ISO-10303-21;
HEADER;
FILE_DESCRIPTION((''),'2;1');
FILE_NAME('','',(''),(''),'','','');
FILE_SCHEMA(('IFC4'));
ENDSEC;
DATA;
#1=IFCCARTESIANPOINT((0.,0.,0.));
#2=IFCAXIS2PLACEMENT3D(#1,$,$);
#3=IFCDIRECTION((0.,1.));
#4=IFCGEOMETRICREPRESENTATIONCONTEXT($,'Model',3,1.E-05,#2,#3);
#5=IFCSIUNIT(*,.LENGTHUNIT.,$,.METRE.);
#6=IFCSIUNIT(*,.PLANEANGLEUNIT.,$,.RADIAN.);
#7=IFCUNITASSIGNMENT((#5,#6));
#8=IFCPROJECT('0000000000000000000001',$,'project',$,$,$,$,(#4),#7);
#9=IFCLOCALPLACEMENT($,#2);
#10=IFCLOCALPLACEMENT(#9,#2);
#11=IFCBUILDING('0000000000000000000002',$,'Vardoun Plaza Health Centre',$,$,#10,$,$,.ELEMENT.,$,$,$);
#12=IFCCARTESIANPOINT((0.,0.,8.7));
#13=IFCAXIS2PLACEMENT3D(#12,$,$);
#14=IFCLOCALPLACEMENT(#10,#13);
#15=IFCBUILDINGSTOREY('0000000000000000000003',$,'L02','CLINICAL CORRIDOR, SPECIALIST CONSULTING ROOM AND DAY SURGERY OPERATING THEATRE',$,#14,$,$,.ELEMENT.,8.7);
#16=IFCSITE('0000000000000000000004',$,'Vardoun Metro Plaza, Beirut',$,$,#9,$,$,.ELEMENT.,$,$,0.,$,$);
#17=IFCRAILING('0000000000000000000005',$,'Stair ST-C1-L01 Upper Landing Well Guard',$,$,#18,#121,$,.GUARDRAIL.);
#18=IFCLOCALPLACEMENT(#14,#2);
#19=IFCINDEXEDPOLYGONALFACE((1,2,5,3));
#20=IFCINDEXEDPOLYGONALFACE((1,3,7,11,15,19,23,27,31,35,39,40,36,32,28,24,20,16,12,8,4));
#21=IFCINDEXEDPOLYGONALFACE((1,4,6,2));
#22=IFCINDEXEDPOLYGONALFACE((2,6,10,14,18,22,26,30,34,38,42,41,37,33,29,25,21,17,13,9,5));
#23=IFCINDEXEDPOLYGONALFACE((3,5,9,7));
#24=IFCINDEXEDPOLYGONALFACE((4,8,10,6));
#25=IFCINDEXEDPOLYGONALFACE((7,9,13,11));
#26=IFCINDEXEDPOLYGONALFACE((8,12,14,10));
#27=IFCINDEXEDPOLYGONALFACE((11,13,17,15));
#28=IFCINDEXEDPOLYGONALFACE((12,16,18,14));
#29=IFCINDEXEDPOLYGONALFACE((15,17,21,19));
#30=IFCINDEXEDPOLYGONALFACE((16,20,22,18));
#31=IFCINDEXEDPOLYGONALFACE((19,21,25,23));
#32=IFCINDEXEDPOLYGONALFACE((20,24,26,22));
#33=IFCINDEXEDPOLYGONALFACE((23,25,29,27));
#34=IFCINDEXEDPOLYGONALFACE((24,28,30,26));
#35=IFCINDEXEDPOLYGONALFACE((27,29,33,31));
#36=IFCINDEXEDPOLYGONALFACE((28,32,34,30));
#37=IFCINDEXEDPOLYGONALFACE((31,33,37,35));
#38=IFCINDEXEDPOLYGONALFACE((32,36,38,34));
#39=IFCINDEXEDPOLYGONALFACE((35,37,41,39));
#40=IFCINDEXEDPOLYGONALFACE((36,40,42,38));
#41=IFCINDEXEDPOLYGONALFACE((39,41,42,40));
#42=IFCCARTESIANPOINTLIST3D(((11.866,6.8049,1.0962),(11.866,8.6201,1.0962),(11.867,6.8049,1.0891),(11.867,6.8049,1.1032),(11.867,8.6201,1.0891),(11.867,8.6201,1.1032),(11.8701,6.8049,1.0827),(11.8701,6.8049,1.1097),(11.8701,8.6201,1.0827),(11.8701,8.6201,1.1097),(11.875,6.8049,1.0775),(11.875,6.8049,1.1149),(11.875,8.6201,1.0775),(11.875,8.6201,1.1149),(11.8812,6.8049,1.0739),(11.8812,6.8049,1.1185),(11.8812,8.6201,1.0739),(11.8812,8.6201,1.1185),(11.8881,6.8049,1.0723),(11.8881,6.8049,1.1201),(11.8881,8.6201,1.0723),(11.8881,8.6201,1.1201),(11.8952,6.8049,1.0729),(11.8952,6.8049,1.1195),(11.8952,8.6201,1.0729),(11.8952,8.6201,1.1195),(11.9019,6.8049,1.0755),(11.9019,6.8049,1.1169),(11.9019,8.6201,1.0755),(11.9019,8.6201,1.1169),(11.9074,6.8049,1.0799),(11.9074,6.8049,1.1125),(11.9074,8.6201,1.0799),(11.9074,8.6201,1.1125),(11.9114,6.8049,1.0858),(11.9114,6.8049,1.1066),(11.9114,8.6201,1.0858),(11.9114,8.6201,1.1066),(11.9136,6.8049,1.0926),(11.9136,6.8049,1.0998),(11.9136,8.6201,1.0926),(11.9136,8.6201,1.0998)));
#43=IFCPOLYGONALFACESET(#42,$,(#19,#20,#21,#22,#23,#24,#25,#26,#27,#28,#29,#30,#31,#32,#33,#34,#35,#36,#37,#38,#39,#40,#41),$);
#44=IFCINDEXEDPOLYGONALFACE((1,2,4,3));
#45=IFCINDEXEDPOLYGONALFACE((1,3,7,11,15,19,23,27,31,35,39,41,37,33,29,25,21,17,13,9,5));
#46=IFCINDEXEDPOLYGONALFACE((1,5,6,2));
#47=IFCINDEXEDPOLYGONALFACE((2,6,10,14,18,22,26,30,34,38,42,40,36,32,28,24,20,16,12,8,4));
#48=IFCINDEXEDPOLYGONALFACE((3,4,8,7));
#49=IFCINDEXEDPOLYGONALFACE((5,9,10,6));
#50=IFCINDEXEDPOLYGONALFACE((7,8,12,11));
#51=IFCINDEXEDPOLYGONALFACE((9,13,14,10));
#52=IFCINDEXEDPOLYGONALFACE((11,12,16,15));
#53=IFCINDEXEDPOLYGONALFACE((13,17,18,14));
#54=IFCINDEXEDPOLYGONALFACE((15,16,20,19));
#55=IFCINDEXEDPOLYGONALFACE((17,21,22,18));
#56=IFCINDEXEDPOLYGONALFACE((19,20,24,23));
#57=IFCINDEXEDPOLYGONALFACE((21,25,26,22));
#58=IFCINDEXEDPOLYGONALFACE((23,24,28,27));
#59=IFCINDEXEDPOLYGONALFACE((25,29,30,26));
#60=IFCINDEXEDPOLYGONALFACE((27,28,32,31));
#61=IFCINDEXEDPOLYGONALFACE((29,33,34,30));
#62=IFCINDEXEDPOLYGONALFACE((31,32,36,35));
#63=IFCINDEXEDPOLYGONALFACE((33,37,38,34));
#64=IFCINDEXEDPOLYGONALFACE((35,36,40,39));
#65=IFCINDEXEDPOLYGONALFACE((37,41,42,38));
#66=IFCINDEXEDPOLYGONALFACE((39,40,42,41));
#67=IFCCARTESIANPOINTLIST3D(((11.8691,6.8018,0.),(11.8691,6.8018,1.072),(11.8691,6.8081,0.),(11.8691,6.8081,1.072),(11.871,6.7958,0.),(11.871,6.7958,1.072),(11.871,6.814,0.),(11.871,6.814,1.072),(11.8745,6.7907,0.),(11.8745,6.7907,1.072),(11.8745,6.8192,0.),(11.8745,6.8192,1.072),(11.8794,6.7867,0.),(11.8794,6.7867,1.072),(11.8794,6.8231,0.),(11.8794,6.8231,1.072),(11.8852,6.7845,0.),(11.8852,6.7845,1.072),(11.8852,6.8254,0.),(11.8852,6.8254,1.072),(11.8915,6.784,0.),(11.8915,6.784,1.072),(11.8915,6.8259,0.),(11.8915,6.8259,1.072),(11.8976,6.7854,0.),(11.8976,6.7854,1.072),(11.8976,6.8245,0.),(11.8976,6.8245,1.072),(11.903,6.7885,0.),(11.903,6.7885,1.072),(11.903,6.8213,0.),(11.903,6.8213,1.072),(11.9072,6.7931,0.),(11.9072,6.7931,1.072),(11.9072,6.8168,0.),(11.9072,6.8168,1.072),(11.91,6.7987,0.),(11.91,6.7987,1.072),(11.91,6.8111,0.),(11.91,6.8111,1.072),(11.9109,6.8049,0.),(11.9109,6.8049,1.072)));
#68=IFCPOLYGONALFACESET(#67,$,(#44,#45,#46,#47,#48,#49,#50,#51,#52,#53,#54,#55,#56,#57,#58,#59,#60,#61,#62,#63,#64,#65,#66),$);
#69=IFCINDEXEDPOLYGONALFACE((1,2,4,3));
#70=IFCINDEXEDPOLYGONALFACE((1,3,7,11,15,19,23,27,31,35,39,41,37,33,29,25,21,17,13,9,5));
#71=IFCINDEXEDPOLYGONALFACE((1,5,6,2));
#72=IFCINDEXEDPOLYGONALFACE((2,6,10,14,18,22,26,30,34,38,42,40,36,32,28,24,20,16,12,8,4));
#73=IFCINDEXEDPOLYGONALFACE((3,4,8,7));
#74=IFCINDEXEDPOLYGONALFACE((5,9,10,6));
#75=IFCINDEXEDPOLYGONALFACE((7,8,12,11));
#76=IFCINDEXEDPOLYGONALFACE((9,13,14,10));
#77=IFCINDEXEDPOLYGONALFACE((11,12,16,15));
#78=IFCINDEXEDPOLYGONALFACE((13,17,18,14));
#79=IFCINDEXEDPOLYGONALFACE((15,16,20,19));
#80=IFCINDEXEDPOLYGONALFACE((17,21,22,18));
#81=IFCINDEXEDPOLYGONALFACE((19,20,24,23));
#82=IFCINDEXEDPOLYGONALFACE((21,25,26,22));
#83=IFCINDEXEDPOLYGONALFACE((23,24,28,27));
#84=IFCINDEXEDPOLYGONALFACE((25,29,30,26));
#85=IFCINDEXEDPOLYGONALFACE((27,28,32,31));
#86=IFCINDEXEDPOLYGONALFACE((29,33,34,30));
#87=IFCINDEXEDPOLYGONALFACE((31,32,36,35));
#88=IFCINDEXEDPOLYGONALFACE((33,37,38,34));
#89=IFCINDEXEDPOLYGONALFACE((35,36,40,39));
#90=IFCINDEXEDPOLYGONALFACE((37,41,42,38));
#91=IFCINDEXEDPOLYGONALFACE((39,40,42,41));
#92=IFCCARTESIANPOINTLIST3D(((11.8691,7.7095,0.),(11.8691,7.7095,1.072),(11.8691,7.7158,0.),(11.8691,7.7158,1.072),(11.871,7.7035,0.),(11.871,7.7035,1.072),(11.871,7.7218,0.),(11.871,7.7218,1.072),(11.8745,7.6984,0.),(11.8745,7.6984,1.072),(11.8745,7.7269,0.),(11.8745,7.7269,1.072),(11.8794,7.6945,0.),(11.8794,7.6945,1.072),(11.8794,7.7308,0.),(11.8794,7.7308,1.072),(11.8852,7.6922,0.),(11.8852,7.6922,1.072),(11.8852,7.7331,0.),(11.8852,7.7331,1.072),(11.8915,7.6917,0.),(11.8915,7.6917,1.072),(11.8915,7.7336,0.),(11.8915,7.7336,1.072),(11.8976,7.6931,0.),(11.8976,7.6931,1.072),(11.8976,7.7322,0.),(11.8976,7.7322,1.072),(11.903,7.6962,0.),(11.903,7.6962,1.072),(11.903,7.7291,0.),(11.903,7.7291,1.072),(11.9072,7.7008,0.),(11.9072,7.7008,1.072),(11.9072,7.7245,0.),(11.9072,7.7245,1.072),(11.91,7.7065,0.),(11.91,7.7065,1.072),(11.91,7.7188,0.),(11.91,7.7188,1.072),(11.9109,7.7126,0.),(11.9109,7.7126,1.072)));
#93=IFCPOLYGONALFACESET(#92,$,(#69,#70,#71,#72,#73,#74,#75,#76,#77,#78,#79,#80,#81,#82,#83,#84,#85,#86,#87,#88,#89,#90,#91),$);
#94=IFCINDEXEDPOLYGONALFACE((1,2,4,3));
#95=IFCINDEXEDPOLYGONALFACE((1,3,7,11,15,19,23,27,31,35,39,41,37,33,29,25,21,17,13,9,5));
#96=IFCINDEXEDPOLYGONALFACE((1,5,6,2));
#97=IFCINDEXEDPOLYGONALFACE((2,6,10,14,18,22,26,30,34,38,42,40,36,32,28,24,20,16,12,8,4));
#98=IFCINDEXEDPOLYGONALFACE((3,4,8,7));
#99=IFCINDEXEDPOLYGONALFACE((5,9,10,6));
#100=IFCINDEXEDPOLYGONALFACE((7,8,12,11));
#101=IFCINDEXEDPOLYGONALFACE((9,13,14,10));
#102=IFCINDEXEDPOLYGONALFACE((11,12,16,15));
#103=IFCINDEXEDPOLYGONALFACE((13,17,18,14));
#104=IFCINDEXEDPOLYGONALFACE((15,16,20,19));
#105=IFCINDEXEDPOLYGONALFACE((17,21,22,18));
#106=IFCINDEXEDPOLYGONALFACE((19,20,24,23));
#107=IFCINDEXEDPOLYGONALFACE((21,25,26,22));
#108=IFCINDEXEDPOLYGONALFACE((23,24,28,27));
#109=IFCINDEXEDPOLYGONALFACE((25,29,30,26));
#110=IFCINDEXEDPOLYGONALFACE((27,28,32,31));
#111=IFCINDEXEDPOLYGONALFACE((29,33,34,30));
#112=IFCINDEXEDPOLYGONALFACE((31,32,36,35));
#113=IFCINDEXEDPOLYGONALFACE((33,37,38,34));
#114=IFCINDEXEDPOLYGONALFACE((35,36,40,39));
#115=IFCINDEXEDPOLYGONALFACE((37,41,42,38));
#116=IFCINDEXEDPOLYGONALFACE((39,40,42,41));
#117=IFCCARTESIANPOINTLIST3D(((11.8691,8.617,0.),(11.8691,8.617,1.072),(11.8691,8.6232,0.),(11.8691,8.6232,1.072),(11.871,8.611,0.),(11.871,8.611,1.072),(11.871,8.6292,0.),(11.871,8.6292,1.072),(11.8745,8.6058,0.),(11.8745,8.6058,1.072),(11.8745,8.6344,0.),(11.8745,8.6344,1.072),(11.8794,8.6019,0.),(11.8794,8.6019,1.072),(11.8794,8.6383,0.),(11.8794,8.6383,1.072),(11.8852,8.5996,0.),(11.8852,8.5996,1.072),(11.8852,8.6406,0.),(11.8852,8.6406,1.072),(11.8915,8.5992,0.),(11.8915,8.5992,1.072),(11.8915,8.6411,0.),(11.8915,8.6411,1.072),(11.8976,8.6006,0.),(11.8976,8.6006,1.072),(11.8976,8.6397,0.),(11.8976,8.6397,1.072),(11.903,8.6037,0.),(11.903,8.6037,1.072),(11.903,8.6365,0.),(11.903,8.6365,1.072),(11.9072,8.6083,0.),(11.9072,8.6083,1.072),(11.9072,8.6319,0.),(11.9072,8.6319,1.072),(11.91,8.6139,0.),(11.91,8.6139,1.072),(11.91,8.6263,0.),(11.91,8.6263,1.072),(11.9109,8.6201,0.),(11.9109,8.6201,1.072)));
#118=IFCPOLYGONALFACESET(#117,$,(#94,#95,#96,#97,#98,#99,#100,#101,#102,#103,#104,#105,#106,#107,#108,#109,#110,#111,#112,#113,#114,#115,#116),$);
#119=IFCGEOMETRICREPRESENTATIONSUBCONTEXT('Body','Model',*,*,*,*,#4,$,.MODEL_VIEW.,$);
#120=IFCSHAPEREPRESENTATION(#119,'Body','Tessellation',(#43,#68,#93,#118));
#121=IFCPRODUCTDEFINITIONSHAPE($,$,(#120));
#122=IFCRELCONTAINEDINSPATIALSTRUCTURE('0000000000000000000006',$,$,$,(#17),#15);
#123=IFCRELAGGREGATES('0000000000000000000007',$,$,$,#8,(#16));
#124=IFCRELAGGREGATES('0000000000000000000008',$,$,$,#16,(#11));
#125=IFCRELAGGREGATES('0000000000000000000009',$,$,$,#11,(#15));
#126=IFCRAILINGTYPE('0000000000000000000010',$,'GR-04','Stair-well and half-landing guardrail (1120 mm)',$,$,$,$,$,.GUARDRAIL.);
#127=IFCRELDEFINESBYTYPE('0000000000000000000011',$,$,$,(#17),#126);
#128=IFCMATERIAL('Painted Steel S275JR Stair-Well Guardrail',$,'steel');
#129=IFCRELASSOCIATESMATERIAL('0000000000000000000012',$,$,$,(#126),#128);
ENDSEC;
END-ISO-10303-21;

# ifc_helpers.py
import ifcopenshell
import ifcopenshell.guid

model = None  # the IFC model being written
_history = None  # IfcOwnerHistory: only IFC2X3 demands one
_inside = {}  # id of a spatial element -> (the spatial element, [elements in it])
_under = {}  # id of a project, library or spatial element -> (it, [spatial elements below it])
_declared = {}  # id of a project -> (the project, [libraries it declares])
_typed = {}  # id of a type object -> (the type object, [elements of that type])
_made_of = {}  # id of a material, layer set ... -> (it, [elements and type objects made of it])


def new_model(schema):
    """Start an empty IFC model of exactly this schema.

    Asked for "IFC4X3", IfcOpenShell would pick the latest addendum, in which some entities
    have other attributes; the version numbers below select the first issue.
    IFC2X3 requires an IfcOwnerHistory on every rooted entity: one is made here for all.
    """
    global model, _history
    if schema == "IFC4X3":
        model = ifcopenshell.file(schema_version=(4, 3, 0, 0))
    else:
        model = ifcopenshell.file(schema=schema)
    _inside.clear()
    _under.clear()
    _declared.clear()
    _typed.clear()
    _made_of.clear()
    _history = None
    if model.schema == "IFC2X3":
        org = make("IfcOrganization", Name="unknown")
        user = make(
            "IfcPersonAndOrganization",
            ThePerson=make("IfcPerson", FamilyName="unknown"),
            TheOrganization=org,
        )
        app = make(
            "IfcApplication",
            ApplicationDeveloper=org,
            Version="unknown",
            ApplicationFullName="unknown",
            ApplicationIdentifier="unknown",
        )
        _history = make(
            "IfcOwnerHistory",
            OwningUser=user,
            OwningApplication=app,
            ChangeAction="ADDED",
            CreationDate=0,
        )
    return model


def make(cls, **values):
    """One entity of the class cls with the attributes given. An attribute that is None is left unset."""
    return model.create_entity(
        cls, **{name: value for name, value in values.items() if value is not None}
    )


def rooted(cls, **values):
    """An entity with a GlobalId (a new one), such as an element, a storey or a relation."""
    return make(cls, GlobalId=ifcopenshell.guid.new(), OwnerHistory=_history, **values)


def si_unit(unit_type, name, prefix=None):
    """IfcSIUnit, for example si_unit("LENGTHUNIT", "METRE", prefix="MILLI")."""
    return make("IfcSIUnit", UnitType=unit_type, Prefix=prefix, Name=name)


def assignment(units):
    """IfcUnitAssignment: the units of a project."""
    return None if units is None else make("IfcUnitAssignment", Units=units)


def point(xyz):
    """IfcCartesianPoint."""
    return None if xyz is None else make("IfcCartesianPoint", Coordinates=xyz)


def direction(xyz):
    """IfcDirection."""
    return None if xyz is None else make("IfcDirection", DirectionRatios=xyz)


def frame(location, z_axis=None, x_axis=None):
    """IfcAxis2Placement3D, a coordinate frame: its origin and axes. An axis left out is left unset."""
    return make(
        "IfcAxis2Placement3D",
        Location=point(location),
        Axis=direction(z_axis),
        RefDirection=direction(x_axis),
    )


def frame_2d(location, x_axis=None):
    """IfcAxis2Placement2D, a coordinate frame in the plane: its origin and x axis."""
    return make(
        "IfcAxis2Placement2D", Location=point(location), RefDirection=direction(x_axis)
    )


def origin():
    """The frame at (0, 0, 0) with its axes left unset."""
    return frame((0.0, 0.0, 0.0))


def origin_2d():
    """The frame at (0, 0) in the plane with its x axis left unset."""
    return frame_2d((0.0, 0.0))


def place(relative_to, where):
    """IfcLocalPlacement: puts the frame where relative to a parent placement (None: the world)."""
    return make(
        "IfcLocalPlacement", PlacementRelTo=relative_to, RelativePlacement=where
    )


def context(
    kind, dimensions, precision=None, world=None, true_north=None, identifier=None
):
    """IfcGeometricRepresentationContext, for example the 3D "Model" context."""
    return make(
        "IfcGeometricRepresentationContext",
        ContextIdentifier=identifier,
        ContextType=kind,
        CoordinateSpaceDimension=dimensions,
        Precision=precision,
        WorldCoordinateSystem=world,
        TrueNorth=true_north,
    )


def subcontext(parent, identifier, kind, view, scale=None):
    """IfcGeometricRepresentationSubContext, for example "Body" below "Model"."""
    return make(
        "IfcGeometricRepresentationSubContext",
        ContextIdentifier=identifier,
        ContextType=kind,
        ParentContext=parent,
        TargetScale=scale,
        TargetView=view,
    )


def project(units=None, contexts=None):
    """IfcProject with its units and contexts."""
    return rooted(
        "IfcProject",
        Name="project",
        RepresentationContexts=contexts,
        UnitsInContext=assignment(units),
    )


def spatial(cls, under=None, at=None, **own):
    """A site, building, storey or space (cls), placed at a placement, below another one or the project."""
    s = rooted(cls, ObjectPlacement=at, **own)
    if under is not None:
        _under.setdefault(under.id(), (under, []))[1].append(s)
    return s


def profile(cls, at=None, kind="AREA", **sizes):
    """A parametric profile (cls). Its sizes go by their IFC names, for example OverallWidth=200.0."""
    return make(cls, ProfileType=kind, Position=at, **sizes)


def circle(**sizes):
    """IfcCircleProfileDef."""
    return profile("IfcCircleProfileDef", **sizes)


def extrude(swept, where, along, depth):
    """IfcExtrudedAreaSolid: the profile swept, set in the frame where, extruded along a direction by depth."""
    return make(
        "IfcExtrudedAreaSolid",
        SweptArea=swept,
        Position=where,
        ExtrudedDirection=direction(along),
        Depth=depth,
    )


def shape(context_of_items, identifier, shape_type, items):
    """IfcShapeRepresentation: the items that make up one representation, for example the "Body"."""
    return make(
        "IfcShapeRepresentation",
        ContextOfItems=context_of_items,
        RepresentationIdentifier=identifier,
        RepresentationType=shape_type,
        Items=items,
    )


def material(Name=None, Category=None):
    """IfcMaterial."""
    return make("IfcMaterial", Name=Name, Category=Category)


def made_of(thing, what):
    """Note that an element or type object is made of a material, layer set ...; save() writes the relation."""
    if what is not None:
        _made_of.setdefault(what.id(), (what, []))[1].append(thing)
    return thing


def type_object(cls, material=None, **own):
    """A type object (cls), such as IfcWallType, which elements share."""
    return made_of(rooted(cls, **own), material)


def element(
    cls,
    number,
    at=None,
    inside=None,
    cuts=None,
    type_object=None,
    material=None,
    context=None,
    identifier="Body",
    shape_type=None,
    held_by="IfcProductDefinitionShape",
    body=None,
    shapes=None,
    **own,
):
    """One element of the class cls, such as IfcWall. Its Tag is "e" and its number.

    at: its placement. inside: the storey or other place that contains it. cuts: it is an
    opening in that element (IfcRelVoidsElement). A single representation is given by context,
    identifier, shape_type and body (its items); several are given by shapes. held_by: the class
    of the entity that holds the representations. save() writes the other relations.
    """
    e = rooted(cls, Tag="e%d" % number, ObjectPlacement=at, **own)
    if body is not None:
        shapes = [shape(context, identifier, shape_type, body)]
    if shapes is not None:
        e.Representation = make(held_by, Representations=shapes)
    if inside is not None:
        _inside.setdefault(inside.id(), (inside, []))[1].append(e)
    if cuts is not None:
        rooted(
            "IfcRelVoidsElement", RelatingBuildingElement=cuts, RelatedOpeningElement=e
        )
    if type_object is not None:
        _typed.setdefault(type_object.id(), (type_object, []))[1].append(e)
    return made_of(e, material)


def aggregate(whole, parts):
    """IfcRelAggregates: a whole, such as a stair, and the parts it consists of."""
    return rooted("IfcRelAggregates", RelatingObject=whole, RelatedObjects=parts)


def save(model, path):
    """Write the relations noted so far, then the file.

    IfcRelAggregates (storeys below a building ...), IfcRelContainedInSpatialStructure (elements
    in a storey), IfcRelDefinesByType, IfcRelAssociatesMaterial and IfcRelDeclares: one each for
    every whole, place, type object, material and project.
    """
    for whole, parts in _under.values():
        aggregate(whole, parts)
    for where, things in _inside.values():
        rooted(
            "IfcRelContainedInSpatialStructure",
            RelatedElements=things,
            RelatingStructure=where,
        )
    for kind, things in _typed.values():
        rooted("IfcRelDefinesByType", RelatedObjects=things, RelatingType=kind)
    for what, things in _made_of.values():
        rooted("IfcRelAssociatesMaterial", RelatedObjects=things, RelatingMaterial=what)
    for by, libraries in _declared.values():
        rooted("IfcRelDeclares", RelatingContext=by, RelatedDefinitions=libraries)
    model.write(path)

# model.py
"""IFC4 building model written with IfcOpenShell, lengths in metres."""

from ifc_helpers import new_model, si_unit, direction, frame, origin, origin_2d, place, context, subcontext, project, spatial, circle, extrude, material, type_object, element, save


model = new_model("IFC4")

# Units and contexts
model_context = context("Model", 3, precision=1e-05, world=origin(), true_north=direction((0.0, 1.0)))
body_context = subcontext(model_context, "Body", "Model", "MODEL_VIEW")
ifc_project = project(units=[si_unit("LENGTHUNIT", "METRE"), si_unit("PLANEANGLEUNIT", "RADIAN")], contexts=[model_context])

# Site, building, storey
site_placement = place(None, origin())
site = spatial("IfcSite", under=ifc_project, at=site_placement, Name="Vardoun Metro Plaza, Beirut", CompositionType="ELEMENT", RefElevation=0.0)
building_placement = place(site_placement, origin())
building = spatial("IfcBuilding", under=site, at=building_placement, Name="Vardoun Plaza Health Centre", CompositionType="ELEMENT")
storey_placement = place(building_placement, frame((0.0, 0.0, 8.7)))
storey = spatial("IfcBuildingStorey", under=building, at=storey_placement, Name="L02", Description="CLINICAL CORRIDOR, SPECIALIST CONSULTING ROOM AND DAY SURGERY OPERATING THEATRE", CompositionType="ELEMENT", Elevation=8.7)

# Railing
ifc_material_1 = material(Name="Painted Steel S275JR Stair-Well Guardrail", Category="steel")
railing_type = type_object("IfcRailingType", Name="GR-04", Description="Stair-well and half-landing guardrail (1120 mm)", PredefinedType="GUARDRAIL", material=ifc_material_1)
railing_placement = place(storey_placement, frame((11.8899, 6.8049, 0.0)))
element("IfcRailing", 1, at=railing_placement, inside=storey, type_object=railing_type, Name="Stair ST-C1-L01 Upper Landing Well Guard", PredefinedType="GUARDRAIL", context=body_context, shape_type="SweptSolid", body=[
    extrude(circle(Radius=0.0239, at=origin_2d()), frame((0.0, 0.0, 1.0962), z_axis=(0.0, 1.0, 0.0), x_axis=(-1.0, 0.0, 0.0)), (0.0, 0.0, 1.0), 1.8152),
    extrude(circle(Radius=0.021, at=origin_2d()), origin(), (0.0, 0.0, 1.0), 1.072),
    extrude(circle(Radius=0.021, at=origin_2d()), frame((0.0, 0.9077, 0.0)), (0.0, 0.0, 1.0), 1.072),
    extrude(circle(Radius=0.021, at=origin_2d()), frame((0.0, 1.8152, 0.0)), (0.0, 0.0, 1.0), 1.072),
])

save(model, "model.ifc")
